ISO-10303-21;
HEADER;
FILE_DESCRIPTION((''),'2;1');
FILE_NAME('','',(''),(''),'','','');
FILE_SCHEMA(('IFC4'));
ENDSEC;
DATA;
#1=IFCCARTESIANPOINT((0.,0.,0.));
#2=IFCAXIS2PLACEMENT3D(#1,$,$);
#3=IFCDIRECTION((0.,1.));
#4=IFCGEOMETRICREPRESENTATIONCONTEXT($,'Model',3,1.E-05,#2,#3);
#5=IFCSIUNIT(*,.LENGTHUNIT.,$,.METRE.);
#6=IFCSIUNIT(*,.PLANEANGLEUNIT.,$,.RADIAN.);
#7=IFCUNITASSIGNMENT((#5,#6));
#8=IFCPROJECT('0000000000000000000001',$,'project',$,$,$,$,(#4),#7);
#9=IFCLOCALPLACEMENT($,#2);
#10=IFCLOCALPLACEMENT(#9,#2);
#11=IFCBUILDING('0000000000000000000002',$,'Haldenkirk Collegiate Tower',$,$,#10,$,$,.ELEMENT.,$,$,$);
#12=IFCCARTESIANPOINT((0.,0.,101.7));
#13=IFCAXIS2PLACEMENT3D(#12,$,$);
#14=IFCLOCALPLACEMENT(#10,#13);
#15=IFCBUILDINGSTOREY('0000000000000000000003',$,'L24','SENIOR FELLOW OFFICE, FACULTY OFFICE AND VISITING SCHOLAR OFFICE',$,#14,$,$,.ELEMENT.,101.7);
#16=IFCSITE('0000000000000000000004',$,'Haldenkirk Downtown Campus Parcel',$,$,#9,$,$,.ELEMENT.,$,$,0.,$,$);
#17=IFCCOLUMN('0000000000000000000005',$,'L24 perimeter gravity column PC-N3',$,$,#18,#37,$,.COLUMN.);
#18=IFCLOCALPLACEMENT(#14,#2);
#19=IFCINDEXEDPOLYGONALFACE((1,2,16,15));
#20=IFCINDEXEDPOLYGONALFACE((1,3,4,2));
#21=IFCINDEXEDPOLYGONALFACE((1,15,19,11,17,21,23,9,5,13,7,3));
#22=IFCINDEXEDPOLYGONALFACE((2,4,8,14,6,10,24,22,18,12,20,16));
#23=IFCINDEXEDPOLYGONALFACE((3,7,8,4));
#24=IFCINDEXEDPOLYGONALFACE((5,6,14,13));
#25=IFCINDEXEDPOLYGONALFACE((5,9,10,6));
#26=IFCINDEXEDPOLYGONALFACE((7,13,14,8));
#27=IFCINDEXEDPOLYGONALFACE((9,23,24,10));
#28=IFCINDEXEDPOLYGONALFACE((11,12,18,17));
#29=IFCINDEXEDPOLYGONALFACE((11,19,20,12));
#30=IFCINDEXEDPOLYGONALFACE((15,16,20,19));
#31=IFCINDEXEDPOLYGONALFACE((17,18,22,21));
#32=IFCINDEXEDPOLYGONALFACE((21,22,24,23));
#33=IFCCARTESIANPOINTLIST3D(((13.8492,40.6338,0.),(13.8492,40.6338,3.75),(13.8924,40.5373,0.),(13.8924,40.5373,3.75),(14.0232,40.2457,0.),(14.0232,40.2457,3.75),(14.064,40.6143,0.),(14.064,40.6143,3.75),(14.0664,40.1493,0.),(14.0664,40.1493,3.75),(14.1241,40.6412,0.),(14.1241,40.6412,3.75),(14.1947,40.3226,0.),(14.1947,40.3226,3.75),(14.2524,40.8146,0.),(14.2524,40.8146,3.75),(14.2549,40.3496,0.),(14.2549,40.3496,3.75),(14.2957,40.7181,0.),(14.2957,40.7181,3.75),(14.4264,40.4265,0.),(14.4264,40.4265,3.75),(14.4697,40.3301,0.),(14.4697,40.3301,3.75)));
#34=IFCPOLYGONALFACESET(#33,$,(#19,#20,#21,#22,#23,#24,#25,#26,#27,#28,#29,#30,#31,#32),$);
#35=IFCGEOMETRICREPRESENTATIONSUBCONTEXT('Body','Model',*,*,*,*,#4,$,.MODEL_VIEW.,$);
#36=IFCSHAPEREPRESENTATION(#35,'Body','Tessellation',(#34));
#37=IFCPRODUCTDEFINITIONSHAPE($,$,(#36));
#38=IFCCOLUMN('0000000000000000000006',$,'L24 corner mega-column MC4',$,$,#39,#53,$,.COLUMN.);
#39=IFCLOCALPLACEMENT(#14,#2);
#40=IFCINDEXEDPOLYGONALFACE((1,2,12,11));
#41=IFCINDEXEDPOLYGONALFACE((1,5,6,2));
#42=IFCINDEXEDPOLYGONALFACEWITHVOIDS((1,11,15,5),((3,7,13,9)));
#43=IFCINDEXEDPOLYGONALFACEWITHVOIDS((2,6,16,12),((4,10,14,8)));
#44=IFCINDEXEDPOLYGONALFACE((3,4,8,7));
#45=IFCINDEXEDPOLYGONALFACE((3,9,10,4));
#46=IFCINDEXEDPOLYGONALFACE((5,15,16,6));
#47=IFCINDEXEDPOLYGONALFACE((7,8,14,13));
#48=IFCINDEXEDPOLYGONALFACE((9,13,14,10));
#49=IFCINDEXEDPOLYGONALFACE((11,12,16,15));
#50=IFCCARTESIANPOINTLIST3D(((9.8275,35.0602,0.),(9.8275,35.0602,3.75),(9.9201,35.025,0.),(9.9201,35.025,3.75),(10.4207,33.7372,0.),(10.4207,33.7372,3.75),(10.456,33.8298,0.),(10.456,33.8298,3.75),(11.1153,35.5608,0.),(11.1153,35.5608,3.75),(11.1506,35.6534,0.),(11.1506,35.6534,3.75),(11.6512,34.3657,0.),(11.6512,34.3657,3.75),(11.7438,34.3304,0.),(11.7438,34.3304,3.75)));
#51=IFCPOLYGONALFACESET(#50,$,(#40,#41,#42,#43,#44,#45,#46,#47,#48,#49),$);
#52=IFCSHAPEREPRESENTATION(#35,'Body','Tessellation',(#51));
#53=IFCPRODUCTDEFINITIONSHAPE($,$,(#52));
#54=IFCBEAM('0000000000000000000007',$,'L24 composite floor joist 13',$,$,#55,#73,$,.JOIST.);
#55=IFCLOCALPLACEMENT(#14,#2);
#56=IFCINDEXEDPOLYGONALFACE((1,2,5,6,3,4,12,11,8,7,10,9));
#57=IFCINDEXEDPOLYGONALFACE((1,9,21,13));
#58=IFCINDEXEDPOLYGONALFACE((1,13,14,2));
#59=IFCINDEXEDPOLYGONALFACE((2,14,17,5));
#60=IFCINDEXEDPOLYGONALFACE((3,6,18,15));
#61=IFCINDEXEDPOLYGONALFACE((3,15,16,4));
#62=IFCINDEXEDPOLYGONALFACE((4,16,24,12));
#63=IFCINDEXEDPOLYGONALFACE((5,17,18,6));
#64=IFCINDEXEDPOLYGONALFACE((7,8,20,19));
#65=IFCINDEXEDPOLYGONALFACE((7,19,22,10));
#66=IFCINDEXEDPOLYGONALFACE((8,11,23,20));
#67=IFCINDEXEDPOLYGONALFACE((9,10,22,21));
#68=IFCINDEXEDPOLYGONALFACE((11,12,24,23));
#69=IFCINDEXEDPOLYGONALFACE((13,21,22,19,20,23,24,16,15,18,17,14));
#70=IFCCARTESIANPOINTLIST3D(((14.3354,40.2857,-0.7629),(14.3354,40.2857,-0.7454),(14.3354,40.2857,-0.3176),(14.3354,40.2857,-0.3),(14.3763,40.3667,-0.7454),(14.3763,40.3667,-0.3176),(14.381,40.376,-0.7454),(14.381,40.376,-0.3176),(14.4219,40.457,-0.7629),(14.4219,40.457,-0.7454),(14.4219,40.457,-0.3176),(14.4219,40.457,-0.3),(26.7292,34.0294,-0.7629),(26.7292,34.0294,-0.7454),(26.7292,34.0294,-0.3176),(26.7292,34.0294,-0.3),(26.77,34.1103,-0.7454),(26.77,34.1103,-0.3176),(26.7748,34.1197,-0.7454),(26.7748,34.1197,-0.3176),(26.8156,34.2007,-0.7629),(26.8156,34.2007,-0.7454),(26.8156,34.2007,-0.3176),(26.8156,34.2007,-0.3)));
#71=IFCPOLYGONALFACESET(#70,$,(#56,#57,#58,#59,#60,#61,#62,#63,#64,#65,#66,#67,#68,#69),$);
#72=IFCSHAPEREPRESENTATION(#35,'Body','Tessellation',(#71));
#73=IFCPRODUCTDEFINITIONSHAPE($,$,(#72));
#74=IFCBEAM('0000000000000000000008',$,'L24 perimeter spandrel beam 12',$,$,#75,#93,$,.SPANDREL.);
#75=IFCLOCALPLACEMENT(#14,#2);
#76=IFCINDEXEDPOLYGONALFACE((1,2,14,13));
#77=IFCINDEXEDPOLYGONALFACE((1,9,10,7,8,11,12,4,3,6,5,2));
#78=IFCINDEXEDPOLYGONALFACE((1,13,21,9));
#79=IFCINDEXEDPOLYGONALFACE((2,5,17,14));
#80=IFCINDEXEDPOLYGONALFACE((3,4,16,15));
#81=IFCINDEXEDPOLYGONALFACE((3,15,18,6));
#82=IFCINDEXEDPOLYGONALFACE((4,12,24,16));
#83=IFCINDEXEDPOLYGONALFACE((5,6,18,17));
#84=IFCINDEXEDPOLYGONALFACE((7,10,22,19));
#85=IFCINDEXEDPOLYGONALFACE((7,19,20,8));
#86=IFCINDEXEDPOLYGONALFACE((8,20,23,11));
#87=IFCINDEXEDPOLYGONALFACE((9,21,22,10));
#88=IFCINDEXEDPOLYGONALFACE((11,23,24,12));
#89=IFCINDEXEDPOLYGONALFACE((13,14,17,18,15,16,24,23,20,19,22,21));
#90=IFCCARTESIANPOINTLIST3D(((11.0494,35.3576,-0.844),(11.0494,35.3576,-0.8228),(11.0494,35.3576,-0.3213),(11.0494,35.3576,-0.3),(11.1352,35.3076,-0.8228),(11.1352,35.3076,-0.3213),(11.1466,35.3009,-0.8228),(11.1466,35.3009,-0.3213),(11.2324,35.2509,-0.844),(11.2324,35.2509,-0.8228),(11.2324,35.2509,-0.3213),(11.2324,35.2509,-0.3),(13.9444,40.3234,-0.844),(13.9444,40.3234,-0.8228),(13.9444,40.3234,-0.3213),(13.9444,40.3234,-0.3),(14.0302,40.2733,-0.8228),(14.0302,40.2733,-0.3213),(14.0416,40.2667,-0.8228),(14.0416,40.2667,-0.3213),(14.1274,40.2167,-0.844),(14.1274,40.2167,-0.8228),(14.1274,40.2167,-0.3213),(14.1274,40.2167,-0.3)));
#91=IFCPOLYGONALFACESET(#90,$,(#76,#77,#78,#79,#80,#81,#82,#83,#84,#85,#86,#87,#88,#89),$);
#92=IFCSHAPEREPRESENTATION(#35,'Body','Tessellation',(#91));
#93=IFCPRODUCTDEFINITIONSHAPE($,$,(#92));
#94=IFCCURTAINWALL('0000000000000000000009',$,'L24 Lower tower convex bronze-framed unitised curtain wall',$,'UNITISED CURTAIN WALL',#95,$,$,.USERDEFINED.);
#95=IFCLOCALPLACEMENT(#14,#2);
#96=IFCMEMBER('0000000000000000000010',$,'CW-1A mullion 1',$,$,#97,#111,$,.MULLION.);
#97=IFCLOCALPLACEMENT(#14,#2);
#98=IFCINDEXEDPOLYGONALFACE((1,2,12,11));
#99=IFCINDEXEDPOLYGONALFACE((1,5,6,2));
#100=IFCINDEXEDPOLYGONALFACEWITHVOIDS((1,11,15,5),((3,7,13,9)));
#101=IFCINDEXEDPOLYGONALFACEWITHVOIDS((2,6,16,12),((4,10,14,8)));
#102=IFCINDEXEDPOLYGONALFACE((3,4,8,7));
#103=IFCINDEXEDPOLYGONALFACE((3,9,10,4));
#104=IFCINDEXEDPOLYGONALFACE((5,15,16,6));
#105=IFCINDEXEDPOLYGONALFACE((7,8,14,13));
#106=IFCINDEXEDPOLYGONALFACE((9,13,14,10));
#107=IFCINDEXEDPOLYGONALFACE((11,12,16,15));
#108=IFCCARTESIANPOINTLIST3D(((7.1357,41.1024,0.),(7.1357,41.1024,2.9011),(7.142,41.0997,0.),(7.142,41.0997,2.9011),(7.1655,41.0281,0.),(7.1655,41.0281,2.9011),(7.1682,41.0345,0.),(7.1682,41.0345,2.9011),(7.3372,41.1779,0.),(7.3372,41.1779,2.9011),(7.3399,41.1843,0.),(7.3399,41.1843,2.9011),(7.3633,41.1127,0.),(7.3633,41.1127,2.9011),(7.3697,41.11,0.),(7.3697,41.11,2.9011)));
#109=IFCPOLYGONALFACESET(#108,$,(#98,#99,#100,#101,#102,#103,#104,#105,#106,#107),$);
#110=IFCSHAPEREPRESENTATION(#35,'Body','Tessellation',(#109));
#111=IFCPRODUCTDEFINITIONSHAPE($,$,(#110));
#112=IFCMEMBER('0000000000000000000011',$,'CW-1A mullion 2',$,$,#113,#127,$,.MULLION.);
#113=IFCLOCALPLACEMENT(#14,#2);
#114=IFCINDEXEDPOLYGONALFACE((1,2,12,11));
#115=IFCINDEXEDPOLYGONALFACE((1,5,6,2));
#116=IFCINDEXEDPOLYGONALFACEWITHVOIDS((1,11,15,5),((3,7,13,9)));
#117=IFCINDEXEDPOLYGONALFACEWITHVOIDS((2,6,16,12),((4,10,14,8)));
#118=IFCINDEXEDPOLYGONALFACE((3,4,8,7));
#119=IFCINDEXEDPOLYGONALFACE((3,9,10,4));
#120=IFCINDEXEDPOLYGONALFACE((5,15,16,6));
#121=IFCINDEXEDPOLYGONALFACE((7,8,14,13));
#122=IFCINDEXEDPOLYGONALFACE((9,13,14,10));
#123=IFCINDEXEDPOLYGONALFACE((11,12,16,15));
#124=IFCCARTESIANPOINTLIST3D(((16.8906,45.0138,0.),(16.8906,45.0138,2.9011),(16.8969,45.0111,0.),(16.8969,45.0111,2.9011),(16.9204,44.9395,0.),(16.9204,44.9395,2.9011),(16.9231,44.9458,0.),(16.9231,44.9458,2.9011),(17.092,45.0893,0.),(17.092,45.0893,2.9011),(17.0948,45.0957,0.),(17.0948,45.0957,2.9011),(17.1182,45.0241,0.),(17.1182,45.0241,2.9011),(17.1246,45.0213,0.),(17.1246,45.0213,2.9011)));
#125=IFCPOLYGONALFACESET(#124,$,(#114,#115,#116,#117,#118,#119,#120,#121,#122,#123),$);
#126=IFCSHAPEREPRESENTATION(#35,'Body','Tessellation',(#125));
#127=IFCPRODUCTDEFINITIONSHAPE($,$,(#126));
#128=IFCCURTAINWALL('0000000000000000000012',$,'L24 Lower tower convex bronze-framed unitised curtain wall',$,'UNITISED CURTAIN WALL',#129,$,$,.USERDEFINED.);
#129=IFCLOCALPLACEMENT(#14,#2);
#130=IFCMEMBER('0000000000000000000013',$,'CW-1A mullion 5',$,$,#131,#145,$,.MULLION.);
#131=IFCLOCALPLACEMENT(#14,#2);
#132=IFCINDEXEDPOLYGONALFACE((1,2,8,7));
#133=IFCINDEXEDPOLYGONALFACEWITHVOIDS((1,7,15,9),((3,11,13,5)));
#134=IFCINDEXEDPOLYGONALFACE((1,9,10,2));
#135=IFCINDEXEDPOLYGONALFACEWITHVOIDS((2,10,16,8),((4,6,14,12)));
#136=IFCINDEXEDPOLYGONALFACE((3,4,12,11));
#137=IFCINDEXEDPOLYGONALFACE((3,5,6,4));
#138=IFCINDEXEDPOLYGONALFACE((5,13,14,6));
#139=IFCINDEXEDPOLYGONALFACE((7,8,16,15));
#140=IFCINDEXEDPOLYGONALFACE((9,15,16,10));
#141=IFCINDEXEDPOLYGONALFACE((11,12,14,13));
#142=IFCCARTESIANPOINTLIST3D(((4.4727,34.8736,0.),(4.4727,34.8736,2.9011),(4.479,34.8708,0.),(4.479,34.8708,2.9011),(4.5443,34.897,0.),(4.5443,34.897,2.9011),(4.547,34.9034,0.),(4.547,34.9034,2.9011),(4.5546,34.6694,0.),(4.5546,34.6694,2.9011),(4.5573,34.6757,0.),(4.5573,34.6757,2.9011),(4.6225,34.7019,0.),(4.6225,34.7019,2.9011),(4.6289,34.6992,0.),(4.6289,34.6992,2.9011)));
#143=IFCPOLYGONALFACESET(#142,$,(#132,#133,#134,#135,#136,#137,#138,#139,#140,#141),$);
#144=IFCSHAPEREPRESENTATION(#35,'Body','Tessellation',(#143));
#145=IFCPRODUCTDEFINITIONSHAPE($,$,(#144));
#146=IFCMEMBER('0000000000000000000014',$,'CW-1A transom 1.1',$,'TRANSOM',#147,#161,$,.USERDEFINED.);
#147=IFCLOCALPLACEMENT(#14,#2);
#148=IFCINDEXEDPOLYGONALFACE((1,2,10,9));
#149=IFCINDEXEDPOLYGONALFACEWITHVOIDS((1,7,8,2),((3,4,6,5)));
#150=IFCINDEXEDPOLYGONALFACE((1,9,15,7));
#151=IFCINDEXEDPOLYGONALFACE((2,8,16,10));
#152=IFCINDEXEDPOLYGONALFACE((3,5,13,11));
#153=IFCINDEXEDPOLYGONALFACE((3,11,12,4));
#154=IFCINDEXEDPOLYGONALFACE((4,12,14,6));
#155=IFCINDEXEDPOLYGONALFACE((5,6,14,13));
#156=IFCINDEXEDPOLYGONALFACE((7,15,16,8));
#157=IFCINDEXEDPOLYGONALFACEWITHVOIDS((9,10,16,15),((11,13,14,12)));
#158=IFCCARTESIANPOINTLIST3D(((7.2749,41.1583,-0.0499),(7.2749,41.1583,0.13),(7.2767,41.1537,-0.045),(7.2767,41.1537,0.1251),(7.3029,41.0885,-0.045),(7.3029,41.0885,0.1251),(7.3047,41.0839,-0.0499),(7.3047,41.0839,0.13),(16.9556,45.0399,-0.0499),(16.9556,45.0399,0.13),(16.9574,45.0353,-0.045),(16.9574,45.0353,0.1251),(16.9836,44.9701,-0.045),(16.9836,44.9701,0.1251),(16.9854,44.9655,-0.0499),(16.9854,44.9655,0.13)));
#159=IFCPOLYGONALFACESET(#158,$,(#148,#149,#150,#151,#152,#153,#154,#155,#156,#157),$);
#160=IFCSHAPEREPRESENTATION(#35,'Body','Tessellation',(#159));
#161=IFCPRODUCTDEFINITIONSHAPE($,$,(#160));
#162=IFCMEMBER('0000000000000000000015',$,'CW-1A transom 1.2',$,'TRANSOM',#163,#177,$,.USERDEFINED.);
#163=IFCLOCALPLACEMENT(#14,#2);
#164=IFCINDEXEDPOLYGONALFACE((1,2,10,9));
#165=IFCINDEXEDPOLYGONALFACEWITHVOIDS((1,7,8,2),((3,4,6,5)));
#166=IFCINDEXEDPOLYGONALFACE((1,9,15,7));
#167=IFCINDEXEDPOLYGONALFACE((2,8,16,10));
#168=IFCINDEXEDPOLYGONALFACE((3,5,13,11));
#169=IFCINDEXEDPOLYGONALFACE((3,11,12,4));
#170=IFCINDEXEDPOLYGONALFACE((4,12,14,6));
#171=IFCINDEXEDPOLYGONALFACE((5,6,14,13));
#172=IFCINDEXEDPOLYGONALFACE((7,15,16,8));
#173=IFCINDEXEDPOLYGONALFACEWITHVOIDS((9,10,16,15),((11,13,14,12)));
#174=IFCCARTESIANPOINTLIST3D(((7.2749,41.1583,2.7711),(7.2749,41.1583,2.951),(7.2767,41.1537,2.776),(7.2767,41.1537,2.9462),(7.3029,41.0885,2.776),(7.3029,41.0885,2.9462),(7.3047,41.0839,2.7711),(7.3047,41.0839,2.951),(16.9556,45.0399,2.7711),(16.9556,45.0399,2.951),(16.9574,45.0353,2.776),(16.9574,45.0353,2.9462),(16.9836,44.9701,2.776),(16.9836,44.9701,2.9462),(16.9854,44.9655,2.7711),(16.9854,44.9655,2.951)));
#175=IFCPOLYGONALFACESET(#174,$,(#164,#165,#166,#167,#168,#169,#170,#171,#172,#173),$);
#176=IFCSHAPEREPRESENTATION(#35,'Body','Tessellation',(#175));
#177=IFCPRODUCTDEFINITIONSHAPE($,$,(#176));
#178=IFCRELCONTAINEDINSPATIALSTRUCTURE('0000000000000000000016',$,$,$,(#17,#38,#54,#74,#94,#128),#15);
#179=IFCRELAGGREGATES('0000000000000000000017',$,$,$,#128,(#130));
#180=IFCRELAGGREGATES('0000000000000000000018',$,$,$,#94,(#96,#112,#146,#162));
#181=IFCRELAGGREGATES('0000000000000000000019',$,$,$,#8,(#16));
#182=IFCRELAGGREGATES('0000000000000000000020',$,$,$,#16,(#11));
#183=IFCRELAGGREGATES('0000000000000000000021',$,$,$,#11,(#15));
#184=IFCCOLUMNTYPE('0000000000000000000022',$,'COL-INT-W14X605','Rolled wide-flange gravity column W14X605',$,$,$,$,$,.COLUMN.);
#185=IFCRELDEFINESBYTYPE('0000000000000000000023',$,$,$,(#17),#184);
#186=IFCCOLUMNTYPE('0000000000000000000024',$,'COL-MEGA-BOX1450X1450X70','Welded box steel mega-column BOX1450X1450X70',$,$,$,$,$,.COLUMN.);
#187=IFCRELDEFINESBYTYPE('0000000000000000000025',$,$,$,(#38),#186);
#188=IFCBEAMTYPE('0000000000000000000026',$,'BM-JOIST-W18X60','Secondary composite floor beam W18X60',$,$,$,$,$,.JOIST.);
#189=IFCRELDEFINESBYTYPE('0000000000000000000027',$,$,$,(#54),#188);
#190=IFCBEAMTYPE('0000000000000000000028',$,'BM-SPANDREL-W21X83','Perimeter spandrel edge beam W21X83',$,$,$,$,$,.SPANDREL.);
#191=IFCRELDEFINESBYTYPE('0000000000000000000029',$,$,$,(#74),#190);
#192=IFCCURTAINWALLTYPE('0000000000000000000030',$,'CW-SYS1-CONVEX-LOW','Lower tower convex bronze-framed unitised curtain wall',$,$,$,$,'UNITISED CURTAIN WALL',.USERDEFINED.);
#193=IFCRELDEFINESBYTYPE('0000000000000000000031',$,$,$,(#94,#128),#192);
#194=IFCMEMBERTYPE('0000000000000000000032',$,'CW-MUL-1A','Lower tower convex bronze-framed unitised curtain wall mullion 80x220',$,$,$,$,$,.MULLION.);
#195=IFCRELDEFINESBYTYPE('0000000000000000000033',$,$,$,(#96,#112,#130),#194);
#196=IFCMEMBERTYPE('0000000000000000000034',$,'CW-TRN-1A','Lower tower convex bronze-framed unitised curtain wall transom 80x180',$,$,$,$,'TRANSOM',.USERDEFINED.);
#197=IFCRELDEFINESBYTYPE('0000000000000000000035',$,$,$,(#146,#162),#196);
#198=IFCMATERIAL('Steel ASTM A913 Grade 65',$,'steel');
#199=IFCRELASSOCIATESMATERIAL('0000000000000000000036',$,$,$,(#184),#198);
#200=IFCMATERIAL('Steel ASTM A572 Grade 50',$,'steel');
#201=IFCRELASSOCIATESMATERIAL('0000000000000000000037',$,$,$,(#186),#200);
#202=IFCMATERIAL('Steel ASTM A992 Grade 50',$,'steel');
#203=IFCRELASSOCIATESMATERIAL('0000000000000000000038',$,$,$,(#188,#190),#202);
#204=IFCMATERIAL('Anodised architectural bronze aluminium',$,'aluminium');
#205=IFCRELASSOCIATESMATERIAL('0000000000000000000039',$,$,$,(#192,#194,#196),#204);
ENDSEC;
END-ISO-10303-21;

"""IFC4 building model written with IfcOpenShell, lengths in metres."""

from ifc_helpers import new_model, si_unit, direction, frame, origin, origin_2d, place, context, subcontext, project, spatial, hollow_rectangle, i_section, extrude, material, material_profile, profile_set, type_object, element, aggregate, save


model = new_model("IFC4")

# Units and contexts
model_context = context("Model", 3, precision=1e-05, world=origin(), true_north=direction((0.0, 1.0)))
body_context = subcontext(model_context, "Body", "Model", "MODEL_VIEW")
ifc_project = project(units=[si_unit("LENGTHUNIT", "METRE"), si_unit("PLANEANGLEUNIT", "RADIAN")], contexts=[model_context])

# Site, building, storey
site_placement = place(None, origin())
site = spatial("IfcSite", under=ifc_project, at=site_placement, Name="Haldenkirk Downtown Campus Parcel", CompositionType="ELEMENT", RefElevation=0.0)
building_placement = place(site_placement, origin())
building = spatial("IfcBuilding", under=site, at=building_placement, Name="Haldenkirk Collegiate Tower", CompositionType="ELEMENT")
storey_placement = place(building_placement, frame((0.0, 0.0, 101.7)))
storey = spatial("IfcBuildingStorey", under=building, at=storey_placement, Name="L24", Description="SENIOR FELLOW OFFICE, FACULTY OFFICE AND VISITING SCHOLAR OFFICE", CompositionType="ELEMENT", Elevation=101.7)

# Columns
ifc_material_1 = material(Name="Steel ASTM A913 Grade 65", Category="steel")
ifc_material_profile_1 = material_profile(ifc_material_1, i_section(OverallWidth=0.4419, OverallDepth=0.531, WebThickness=0.0659, FlangeThickness=0.1057, at=origin_2d()), Name="W14X605")
ifc_profile_set_1 = profile_set([ifc_material_profile_1], Name="Steel ASTM A913 Grade 65")
column_type_1 = type_object("IfcColumnType", Name="COL-INT-W14X605", Description="Rolled wide-flange gravity column W14X605", PredefinedType="COLUMN", material=ifc_profile_set_1)
column_1_placement = place(storey_placement, frame((14.1594, 40.4819, 0.0), z_axis=(0.0, 0.0, 1.0), x_axis=(0.912477, 0.409127, 0.0)))
element("IfcColumn", 1, at=column_1_placement, inside=storey, type_object=column_type_1, Name="L24 perimeter gravity column PC-N3", PredefinedType="COLUMN", context=body_context, shape_type="SweptSolid", body=[
    extrude(i_section(OverallWidth=0.4419, OverallDepth=0.531, WebThickness=0.0659, FlangeThickness=0.1057, at=origin_2d()), origin(), (0.0, 0.0, 1.0), 3.75),
])
ifc_material_2 = material(Name="Steel ASTM A572 Grade 50", Category="steel")
ifc_material_profile_2 = material_profile(ifc_material_2, hollow_rectangle(XDim=1.45, YDim=1.45, WallThickness=0.0701, at=origin_2d()), Name="BOX1450X1450X70")
ifc_profile_set_2 = profile_set([ifc_material_profile_2], Name="Steel ASTM A572 Grade 50")
column_type_2 = type_object("IfcColumnType", Name="COL-MEGA-BOX1450X1450X70", Description="Welded box steel mega-column BOX1450X1450X70", PredefinedType="COLUMN", material=ifc_profile_set_2)
column_2_placement = place(storey_placement, frame((10.7856, 34.6953, 0.0), z_axis=(0.0, 0.0, 1.0), x_axis=(0.912477, 0.409127, 0.0)))
element("IfcColumn", 2, at=column_2_placement, inside=storey, type_object=column_type_2, Name="L24 corner mega-column MC4", PredefinedType="COLUMN", context=body_context, shape_type="SweptSolid", body=[
    extrude(hollow_rectangle(XDim=1.45, YDim=1.45, WallThickness=0.0701, at=origin_2d()), origin(), (0.0, 0.0, 1.0), 3.75),
])

# Beams
ifc_material_3 = material(Name="Steel ASTM A992 Grade 50", Category="steel")
ifc_material_profile_3 = material_profile(ifc_material_3, i_section(OverallWidth=0.1919, OverallDepth=0.4629, WebThickness=0.0105, FlangeThickness=0.0176, at=origin_2d()), Name="W18X60")
ifc_profile_set_3 = profile_set([ifc_material_profile_3], Name="Steel ASTM A992 Grade 50")
beam_type_1 = type_object("IfcBeamType", Name="BM-JOIST-W18X60", Description="Secondary composite floor beam W18X60", PredefinedType="JOIST", material=ifc_profile_set_3)
beam_1_placement = place(storey_placement, frame((14.3787, 40.3713, -0.5315), z_axis=(0.892708, -0.450636, 0.0), x_axis=(0.450636, 0.892708, 0.0)))
element("IfcBeam", 3, at=beam_1_placement, inside=storey, type_object=beam_type_1, Name="L24 composite floor joist 13", PredefinedType="JOIST", context=body_context, shape_type="SweptSolid", body=[
    extrude(i_section(OverallWidth=0.1919, OverallDepth=0.4629, WebThickness=0.0105, FlangeThickness=0.0176, at=origin_2d()), origin(), (0.0, 0.0, 1.0), 13.8833),
])
ifc_material_profile_4 = material_profile(ifc_material_3, i_section(OverallWidth=0.2119, OverallDepth=0.5439, WebThickness=0.0132, FlangeThickness=0.0212, at=origin_2d()), Name="W21X83")
ifc_profile_set_4 = profile_set([ifc_material_profile_4], Name="Steel ASTM A992 Grade 50")
beam_type_2 = type_object("IfcBeamType", Name="BM-SPANDREL-W21X83", Description="Perimeter spandrel edge beam W21X83", PredefinedType="SPANDREL", material=ifc_profile_set_4)
beam_2_placement = place(storey_placement, frame((14.0359, 40.27, -0.572), z_axis=(-0.503649, -0.863908, 0.0), x_axis=(0.863908, -0.503649, 0.0)))
element("IfcBeam", 4, at=beam_2_placement, inside=storey, type_object=beam_type_2, Name="L24 perimeter spandrel beam 12", PredefinedType="SPANDREL", context=body_context, shape_type="SweptSolid", body=[
    extrude(i_section(OverallWidth=0.2119, OverallDepth=0.5439, WebThickness=0.0132, FlangeThickness=0.0212, at=origin_2d()), origin(), (0.0, 0.0, 1.0), 5.748),
])

# Curtain wall, members
ifc_material_4 = material(Name="Anodised architectural bronze aluminium", Category="aluminium")
curtain_wall_type = type_object("IfcCurtainWallType", Name="CW-SYS1-CONVEX-LOW", Description="Lower tower convex bronze-framed unitised curtain wall", ElementType="UNITISED CURTAIN WALL", PredefinedType="USERDEFINED", material=ifc_material_4)
curtain_wall_1_placement = place(storey_placement, origin())
curtain_wall_1 = element("IfcCurtainWall", 5, at=curtain_wall_1_placement, inside=storey, type_object=curtain_wall_type, Name="L24 Lower tower convex bronze-framed unitised curtain wall", ObjectType="UNITISED CURTAIN WALL", PredefinedType="USERDEFINED")
ifc_material_profile_5 = material_profile(ifc_material_4, hollow_rectangle(XDim=0.0801, YDim=0.22, WallThickness=0.0049, at=origin_2d()), Name="CW-MUL-1A")
ifc_profile_set_5 = profile_set([ifc_material_profile_5], Name="Anodised architectural bronze aluminium")
member_type_1 = type_object("IfcMemberType", Name="CW-MUL-1A", Description="Lower tower convex bronze-framed unitised curtain wall mullion 80x220", PredefinedType="MULLION", material=ifc_profile_set_5)
member_1_placement = place(storey_placement, frame((7.2527, 41.1062, 0.0), z_axis=(0.0, 0.0, 1.0), x_axis=(-0.372175, 0.928163, 0.0)))
member_1 = element("IfcMember", 6, at=member_1_placement, type_object=member_type_1, Name="CW-1A mullion 1", PredefinedType="MULLION", context=body_context, shape_type="SweptSolid", body=[
    extrude(hollow_rectangle(XDim=0.0801, YDim=0.22, WallThickness=0.0049, at=origin_2d()), origin(), (0.0, 0.0, 1.0), 2.9011),
])
member_2_placement = place(storey_placement, frame((17.0076, 45.0176, 0.0), z_axis=(0.0, 0.0, 1.0), x_axis=(-0.372175, 0.928163, 0.0)))
member_2 = element("IfcMember", 7, at=member_2_placement, type_object=member_type_1, Name="CW-1A mullion 2", PredefinedType="MULLION", context=body_context, shape_type="SweptSolid", body=[
    extrude(hollow_rectangle(XDim=0.0801, YDim=0.22, WallThickness=0.0049, at=origin_2d()), origin(), (0.0, 0.0, 1.0), 2.9011),
])

# Curtain wall, member
curtain_wall_2_placement = place(storey_placement, origin())
curtain_wall_2 = element("IfcCurtainWall", 8, at=curtain_wall_2_placement, inside=storey, type_object=curtain_wall_type, Name="L24 Lower tower convex bronze-framed unitised curtain wall", ObjectType="UNITISED CURTAIN WALL", PredefinedType="USERDEFINED")
member_3_placement = place(storey_placement, frame((4.5508, 34.7864, 0.0), z_axis=(0.0, 0.0, 1.0), x_axis=(-0.928163, -0.372175, 0.0)))
member_3 = element("IfcMember", 9, at=member_3_placement, type_object=member_type_1, Name="CW-1A mullion 5", PredefinedType="MULLION", context=body_context, shape_type="SweptSolid", body=[
    extrude(hollow_rectangle(XDim=0.0801, YDim=0.22, WallThickness=0.0049, at=origin_2d()), origin(), (0.0, 0.0, 1.0), 2.9011),
])
aggregate(curtain_wall_2, [member_3])

# Members
ifc_material_profile_6 = material_profile(ifc_material_4, hollow_rectangle(XDim=0.0801, YDim=0.1799, WallThickness=0.0049, at=origin_2d()), Name="CW-TRN-1A")
ifc_profile_set_6 = profile_set([ifc_material_profile_6], Name="Anodised architectural bronze aluminium")
member_type_2 = type_object("IfcMemberType", Name="CW-TRN-1A", Description="Lower tower convex bronze-framed unitised curtain wall transom 80x180", ElementType="TRANSOM", PredefinedType="USERDEFINED", material=ifc_profile_set_6)
member_4_placement = place(storey_placement, frame((7.2898, 41.1211, 0.04), z_axis=(0.928168, 0.372161, 0.0), x_axis=(-0.372161, 0.928168, 0.0)))
member_4 = element("IfcMember", 10, at=member_4_placement, type_object=member_type_2, Name="CW-1A transom 1.1", ObjectType="TRANSOM", PredefinedType="USERDEFINED", context=body_context, shape_type="SweptSolid", body=[
    extrude(hollow_rectangle(XDim=0.0801, YDim=0.1799, WallThickness=0.0049, at=origin_2d()), origin(), (0.0, 0.0, 1.0), 10.4299),
])
member_5_placement = place(storey_placement, frame((7.2898, 41.1211, 2.8611), z_axis=(0.928168, 0.372161, 0.0), x_axis=(-0.372161, 0.928168, 0.0)))
member_5 = element("IfcMember", 11, at=member_5_placement, type_object=member_type_2, Name="CW-1A transom 1.2", ObjectType="TRANSOM", PredefinedType="USERDEFINED", context=body_context, shape_type="SweptSolid", body=[
    extrude(hollow_rectangle(XDim=0.0801, YDim=0.1799, WallThickness=0.0049, at=origin_2d()), origin(), (0.0, 0.0, 1.0), 10.4299),
])

aggregate(curtain_wall_1, [member_1, member_2, member_4, member_5])

save(model, "model.ifc")
